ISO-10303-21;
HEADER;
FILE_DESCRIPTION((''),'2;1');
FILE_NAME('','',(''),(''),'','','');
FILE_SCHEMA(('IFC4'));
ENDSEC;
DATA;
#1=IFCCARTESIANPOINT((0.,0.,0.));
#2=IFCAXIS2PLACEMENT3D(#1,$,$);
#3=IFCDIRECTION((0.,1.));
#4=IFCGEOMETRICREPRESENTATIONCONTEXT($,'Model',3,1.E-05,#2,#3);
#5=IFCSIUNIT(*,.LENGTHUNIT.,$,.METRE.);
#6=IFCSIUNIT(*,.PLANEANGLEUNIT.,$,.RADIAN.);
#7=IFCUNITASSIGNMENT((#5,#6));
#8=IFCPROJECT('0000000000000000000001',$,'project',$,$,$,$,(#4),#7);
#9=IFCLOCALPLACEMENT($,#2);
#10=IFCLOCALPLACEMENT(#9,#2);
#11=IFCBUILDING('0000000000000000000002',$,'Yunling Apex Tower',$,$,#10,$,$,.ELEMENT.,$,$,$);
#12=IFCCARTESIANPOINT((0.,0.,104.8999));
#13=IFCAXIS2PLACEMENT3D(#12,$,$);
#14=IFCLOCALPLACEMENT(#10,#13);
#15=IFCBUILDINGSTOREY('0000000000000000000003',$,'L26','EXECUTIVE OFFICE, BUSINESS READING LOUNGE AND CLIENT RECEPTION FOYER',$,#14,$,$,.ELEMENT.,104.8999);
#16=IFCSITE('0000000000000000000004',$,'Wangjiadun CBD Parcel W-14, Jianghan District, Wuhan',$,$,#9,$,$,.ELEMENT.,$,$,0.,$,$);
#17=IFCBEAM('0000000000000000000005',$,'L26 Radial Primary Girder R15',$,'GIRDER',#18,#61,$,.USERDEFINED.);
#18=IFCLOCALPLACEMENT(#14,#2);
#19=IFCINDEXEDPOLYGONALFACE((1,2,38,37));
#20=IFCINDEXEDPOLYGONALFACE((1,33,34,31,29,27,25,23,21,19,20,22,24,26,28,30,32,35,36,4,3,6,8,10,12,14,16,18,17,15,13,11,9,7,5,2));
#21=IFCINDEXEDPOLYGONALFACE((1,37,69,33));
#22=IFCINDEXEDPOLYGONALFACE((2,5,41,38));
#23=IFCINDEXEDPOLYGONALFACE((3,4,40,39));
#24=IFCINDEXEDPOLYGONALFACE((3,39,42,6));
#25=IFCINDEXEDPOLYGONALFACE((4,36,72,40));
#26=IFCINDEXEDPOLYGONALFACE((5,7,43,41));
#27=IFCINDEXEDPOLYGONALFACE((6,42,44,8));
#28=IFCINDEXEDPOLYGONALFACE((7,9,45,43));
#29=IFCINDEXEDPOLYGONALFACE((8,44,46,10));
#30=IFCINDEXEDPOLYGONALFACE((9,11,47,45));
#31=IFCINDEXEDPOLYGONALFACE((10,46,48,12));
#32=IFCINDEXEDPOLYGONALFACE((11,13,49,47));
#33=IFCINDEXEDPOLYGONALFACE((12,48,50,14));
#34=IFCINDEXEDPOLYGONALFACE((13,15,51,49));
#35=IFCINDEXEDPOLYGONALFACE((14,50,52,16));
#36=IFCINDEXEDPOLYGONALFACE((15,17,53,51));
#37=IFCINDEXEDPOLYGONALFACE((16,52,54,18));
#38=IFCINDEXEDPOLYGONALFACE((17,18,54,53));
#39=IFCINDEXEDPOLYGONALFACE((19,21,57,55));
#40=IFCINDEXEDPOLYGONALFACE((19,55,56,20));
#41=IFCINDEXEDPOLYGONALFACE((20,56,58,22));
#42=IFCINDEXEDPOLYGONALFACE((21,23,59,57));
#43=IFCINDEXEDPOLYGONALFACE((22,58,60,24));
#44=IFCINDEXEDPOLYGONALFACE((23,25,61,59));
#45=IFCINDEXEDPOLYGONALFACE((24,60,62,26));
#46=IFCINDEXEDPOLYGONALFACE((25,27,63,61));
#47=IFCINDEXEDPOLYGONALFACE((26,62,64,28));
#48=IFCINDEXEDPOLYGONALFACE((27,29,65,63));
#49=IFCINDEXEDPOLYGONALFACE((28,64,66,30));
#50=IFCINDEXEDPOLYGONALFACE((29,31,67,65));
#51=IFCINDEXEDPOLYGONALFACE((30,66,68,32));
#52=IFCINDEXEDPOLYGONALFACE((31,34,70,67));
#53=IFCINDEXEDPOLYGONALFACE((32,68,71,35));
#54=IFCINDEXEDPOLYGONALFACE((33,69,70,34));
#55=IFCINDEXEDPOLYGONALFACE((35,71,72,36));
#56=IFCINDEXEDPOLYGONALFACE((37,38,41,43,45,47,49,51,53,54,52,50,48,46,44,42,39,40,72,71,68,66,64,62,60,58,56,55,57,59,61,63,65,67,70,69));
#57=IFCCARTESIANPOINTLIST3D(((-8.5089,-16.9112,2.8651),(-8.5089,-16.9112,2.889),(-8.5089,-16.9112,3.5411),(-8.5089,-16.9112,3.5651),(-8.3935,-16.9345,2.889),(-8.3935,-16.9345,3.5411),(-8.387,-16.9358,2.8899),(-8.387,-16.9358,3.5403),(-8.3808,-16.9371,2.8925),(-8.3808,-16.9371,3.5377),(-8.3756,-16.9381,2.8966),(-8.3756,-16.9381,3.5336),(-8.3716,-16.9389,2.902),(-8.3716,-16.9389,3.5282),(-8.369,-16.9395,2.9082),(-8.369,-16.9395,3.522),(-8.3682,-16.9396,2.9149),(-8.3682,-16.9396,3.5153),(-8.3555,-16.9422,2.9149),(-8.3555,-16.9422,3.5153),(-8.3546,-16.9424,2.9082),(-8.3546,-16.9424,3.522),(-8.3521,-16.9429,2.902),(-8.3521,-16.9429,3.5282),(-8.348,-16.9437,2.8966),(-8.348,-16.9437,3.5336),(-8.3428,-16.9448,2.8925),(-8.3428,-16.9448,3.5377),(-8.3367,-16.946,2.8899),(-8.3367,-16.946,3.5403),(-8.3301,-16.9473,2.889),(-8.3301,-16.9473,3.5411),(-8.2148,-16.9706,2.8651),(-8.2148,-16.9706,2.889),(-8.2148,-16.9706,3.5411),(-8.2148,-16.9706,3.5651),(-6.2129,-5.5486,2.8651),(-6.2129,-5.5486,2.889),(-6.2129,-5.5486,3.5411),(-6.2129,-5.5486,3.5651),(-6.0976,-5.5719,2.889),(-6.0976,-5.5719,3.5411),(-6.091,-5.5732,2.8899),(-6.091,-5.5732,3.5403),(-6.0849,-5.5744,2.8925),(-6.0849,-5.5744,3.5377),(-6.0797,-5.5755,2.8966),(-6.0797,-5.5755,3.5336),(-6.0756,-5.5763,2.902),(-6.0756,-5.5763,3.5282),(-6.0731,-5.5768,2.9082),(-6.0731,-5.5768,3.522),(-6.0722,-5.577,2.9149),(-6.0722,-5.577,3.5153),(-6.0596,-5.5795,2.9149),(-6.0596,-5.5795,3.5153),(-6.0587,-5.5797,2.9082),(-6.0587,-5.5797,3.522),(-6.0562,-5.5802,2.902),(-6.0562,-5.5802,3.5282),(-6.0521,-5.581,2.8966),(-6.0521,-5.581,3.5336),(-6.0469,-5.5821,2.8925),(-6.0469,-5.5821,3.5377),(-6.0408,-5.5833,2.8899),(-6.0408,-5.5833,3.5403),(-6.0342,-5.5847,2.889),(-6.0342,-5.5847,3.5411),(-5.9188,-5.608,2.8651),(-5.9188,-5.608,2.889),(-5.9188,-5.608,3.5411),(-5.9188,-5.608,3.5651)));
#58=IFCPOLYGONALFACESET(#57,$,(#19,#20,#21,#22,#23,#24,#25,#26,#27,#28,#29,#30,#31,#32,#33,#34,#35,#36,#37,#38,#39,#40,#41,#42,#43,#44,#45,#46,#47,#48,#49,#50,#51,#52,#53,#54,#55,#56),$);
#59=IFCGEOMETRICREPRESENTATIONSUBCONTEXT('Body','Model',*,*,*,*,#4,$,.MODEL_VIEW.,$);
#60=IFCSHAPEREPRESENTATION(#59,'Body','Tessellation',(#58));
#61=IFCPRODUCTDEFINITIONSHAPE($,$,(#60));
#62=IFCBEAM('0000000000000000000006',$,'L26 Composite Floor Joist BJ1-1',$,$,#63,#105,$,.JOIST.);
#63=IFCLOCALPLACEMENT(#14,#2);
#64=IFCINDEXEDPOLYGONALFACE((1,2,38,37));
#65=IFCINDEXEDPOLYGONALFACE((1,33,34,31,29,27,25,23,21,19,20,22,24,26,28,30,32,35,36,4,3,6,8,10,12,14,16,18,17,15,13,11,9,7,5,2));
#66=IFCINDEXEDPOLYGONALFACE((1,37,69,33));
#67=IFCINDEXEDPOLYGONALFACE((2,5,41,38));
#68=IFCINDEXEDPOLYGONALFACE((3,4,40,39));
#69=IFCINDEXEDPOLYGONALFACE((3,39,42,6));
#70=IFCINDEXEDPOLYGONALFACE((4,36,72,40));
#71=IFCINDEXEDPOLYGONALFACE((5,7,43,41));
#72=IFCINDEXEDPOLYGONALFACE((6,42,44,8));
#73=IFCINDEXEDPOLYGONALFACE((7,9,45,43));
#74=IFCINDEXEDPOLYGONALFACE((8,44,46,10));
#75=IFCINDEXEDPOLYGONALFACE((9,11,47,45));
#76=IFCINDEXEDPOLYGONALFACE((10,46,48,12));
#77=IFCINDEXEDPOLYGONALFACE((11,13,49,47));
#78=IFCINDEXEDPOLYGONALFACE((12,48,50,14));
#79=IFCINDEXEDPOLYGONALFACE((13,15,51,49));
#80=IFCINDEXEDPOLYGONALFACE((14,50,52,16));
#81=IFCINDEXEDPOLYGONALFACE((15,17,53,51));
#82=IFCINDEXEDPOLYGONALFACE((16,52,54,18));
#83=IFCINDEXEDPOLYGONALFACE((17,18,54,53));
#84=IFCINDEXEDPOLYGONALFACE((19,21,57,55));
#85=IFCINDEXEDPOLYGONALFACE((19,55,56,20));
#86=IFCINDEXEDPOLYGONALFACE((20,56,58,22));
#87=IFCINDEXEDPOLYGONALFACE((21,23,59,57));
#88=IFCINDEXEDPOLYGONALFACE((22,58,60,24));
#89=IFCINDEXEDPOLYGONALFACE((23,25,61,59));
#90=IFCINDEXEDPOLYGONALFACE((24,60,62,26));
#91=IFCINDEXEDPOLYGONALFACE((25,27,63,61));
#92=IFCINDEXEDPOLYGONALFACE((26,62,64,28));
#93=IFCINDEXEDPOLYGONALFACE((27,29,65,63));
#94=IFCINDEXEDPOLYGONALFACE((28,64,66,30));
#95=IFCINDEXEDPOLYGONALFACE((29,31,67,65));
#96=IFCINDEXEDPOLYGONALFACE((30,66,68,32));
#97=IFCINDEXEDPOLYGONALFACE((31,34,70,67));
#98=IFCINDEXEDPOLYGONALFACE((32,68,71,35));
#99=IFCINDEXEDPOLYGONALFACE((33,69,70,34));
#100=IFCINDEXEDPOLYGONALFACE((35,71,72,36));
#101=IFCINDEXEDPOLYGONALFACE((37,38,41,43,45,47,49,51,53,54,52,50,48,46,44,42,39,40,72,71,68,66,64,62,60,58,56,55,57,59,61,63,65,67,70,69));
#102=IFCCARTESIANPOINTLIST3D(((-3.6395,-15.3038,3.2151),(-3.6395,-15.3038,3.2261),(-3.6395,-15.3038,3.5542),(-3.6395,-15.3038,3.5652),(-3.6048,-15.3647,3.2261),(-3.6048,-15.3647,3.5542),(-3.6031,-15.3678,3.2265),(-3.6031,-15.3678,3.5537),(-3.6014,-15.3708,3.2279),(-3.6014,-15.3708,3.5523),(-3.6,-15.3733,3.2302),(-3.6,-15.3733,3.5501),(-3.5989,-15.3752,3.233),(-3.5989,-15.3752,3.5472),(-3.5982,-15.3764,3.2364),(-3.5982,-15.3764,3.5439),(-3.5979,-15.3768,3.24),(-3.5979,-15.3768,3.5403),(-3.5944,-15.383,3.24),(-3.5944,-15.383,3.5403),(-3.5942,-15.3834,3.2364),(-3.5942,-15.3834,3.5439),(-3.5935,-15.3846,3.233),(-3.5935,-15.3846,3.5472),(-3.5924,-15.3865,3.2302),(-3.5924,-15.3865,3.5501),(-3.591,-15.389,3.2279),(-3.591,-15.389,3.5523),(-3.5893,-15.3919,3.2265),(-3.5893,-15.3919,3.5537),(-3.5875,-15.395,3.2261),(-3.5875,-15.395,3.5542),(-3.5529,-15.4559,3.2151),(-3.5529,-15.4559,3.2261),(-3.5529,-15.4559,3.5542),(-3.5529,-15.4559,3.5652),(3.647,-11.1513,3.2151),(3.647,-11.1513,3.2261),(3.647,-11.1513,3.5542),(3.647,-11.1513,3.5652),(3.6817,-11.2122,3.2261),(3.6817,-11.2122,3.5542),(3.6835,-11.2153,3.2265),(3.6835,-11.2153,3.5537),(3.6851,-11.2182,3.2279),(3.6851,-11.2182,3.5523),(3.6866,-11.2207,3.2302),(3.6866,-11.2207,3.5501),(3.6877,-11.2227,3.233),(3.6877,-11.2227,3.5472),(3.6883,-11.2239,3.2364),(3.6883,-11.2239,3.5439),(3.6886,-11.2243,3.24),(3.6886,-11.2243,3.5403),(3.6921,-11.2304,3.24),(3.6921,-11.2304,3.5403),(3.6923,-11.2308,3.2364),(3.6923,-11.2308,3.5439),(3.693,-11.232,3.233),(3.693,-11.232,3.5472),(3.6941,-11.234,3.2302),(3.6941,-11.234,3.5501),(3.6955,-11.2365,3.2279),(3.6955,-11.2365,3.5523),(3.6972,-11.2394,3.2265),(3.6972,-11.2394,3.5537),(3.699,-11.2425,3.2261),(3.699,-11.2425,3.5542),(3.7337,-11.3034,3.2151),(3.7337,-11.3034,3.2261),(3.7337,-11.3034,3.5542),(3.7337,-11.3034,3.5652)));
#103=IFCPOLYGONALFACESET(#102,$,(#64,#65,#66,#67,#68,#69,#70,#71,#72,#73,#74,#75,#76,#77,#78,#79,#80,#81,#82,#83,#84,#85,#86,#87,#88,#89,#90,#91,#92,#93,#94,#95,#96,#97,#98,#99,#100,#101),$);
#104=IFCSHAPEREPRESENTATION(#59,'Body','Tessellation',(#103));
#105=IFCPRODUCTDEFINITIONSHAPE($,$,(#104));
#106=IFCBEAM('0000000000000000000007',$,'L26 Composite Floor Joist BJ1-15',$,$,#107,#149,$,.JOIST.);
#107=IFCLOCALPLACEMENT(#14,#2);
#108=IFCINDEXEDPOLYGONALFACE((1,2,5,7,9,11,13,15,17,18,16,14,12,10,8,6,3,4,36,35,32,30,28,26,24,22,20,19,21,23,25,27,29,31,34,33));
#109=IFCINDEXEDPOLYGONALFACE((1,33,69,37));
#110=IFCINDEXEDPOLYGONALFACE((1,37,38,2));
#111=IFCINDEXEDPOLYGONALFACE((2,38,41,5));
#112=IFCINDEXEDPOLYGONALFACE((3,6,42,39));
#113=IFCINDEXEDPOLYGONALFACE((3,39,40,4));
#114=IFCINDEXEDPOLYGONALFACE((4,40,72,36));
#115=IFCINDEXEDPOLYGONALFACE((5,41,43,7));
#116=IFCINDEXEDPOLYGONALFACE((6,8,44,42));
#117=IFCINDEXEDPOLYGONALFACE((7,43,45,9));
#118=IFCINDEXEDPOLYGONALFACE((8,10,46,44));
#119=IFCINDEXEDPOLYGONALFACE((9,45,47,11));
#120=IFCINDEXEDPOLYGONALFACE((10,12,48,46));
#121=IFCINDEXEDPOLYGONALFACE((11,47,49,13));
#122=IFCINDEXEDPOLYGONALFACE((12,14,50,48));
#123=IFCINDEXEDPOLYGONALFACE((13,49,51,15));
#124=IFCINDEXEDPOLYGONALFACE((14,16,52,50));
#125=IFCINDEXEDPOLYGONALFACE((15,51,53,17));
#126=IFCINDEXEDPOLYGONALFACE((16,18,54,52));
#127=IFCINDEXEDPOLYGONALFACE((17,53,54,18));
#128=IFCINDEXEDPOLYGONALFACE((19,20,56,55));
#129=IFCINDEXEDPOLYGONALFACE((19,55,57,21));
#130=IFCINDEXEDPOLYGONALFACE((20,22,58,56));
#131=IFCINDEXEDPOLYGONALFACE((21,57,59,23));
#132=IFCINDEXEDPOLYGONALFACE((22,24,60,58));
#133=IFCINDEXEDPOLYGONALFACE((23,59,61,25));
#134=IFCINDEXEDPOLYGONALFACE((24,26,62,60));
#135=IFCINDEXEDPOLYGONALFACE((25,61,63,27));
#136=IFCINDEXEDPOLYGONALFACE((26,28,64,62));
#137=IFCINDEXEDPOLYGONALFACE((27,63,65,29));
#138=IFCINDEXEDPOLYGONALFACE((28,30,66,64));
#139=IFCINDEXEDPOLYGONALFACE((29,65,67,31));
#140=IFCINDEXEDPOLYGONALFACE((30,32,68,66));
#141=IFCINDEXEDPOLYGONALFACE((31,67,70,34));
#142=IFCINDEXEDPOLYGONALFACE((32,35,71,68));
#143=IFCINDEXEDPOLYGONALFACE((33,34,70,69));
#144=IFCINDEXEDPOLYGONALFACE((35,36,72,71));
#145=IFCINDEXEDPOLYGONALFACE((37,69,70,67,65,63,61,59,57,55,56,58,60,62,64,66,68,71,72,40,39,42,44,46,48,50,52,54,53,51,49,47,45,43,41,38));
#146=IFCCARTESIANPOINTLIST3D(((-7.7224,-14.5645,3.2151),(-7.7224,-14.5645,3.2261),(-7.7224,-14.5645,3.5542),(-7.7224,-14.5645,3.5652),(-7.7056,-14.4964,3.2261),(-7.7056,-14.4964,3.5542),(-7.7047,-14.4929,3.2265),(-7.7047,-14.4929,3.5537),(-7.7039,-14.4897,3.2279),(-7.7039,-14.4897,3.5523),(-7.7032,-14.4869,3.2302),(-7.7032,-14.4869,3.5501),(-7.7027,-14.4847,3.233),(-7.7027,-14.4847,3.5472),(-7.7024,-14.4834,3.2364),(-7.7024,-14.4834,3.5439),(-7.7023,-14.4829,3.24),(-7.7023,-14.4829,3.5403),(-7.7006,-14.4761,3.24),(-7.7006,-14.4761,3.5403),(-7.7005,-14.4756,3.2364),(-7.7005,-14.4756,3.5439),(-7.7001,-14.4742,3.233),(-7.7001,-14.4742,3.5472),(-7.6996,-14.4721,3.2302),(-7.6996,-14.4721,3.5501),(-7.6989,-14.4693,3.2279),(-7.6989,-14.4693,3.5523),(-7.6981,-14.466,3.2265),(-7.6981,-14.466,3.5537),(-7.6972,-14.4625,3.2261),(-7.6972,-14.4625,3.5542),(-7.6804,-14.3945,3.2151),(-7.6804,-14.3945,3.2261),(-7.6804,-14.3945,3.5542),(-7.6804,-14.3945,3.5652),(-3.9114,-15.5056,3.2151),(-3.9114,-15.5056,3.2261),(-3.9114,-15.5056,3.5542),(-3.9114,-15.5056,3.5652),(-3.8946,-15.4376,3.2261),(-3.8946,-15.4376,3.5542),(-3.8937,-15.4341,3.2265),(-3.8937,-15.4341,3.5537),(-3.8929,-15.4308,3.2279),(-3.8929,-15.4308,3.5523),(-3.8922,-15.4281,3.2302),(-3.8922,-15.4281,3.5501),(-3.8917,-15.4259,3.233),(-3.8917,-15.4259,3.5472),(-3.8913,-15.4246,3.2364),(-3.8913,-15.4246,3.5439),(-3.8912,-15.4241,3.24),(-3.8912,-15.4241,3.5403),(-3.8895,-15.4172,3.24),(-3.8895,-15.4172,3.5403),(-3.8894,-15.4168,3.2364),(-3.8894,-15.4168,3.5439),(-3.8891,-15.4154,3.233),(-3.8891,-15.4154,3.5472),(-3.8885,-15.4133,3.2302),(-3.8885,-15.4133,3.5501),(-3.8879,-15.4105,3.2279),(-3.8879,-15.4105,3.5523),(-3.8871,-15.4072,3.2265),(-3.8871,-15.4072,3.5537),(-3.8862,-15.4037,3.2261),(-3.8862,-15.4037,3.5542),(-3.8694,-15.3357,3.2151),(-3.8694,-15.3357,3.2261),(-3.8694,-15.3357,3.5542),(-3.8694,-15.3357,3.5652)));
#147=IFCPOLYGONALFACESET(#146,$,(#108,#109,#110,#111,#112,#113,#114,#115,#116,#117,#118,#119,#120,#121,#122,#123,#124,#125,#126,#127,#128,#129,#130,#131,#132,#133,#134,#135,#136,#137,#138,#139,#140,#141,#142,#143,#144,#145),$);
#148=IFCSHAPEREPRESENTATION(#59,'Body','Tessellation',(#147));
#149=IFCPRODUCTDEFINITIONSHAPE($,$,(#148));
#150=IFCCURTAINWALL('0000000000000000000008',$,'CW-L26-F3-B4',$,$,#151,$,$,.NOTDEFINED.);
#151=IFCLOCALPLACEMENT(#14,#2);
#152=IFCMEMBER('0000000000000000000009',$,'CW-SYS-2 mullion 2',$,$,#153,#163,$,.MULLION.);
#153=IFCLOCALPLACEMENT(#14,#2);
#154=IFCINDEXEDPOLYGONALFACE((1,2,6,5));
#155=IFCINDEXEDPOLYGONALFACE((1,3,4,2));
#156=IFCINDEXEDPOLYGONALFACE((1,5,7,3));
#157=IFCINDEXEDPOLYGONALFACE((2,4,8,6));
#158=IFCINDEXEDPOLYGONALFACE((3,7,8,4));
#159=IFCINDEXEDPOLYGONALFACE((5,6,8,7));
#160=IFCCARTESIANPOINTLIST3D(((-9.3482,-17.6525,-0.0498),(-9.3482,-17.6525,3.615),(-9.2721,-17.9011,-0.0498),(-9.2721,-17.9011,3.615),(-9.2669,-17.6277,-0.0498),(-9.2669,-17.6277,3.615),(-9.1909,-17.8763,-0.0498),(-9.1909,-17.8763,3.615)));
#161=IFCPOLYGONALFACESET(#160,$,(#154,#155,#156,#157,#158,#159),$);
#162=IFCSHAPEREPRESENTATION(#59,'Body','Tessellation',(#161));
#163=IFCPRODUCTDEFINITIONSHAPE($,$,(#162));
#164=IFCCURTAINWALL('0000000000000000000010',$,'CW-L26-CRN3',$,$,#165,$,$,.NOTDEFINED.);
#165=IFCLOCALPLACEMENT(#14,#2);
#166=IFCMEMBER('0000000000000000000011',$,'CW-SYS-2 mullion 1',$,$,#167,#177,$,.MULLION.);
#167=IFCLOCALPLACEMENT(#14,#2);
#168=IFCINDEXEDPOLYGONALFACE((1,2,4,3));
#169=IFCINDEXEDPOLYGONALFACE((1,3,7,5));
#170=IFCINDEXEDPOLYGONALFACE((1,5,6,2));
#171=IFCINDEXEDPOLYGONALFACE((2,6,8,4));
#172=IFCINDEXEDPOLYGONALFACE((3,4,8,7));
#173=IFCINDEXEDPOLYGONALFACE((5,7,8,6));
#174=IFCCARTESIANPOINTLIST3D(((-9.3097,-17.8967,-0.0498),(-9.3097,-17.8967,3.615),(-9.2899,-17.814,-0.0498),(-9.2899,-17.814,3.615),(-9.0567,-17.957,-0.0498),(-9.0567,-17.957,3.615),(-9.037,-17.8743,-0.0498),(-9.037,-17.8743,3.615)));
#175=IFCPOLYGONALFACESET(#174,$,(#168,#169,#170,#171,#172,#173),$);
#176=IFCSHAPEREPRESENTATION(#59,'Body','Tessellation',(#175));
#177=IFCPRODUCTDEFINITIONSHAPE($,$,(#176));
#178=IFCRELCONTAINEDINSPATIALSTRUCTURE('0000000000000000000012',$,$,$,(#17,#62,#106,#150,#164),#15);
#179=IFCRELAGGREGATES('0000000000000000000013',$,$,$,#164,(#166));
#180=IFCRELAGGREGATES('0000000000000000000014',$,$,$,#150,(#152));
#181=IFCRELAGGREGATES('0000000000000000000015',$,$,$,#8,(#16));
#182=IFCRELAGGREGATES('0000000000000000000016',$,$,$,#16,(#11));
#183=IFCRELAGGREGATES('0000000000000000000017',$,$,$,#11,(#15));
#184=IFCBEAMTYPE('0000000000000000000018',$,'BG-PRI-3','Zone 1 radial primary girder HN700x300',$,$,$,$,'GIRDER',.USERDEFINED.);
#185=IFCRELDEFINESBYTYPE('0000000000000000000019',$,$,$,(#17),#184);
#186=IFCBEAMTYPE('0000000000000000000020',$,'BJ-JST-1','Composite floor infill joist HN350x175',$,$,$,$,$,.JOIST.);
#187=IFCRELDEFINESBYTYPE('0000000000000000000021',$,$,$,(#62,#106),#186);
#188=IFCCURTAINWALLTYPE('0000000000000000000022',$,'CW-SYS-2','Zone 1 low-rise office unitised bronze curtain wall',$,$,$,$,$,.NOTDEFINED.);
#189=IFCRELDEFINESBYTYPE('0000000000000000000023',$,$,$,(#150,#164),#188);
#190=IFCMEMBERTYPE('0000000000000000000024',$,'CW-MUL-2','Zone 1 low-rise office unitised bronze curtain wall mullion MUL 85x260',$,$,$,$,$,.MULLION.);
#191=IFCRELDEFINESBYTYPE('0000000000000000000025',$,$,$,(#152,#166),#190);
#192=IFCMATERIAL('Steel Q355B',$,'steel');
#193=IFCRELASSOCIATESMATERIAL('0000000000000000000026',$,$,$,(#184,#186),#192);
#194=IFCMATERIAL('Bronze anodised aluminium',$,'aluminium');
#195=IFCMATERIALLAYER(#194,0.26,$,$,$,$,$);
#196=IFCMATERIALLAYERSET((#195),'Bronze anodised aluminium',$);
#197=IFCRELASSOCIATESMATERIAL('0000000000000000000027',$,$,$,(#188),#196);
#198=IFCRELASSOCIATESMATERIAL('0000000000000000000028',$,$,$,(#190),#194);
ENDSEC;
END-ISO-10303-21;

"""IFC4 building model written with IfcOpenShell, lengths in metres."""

from ifc_helpers import new_model, si_unit, direction, frame, origin, origin_2d, place, context, subcontext, project, spatial, rectangle, i_section, extrude, source, transform, mapped, material, layer, layer_set, material_profile, profile_set, type_object, element, aggregate, save


model = new_model("IFC4")

# Units and contexts
model_context = context("Model", 3, precision=1e-05, world=origin(), true_north=direction((0.0, 1.0)))
body_context = subcontext(model_context, "Body", "Model", "MODEL_VIEW")
ifc_project = project(units=[si_unit("LENGTHUNIT", "METRE"), si_unit("PLANEANGLEUNIT", "RADIAN")], contexts=[model_context])

# Site, building, storey
site_placement = place(None, origin())
site = spatial("IfcSite", under=ifc_project, at=site_placement, Name="Wangjiadun CBD Parcel W-14, Jianghan District, Wuhan", CompositionType="ELEMENT", RefElevation=0.0)
building_placement = place(site_placement, origin())
building = spatial("IfcBuilding", under=site, at=building_placement, Name="Yunling Apex Tower", CompositionType="ELEMENT")
storey_placement = place(building_placement, frame((0.0, 0.0, 104.8999)))
storey = spatial("IfcBuildingStorey", under=building, at=storey_placement, Name="L26", Description="EXECUTIVE OFFICE, BUSINESS READING LOUNGE AND CLIENT RECEPTION FOYER", CompositionType="ELEMENT", Elevation=104.8999)

# Beams
ifc_material_1 = material(Name="Steel Q355B", Category="steel")
ifc_material_profile_1 = material_profile(ifc_material_1, i_section(OverallWidth=0.3, OverallDepth=0.7, WebThickness=0.0129, FlangeThickness=0.0239, FilletRadius=0.0259, at=origin_2d()))
ifc_profile_set_1 = profile_set([ifc_material_profile_1], Name="Steel Q355B")
beam_type_1 = type_object("IfcBeamType", Name="BG-PRI-3", Description="Zone 1 radial primary girder HN700x300", ElementType="GIRDER", PredefinedType="USERDEFINED", material=ifc_profile_set_1)
shared_shape_1 = source(origin(), body_context, "Body", "SweptSolid", [
    extrude(i_section(OverallWidth=0.3, OverallDepth=0.7, WebThickness=0.0129, FlangeThickness=0.0239, FilletRadius=0.0259, at=origin_2d()), origin(), (0.0, 0.0, 1.0), 11.5923),
])
beam_1_placement = place(storey_placement, frame((-8.3618, -16.9409, 3.2151), z_axis=(0.198056, 0.980191, 0.0), x_axis=(-0.980191, 0.198056, 0.0)))
element("IfcBeam", 1, at=beam_1_placement, inside=storey, type_object=beam_type_1, Name="L26 Radial Primary Girder R15", ObjectType="GIRDER", PredefinedType="USERDEFINED", context=body_context, shape_type="MappedRepresentation", body=[
    mapped(shared_shape_1, transform((0.0, 0.0, 0.0), scale=1.0)),
])
ifc_material_profile_2 = material_profile(ifc_material_1, i_section(OverallWidth=0.175, OverallDepth=0.3501, WebThickness=0.0071, FlangeThickness=0.011, FilletRadius=0.0139, at=origin_2d()))
ifc_profile_set_2 = profile_set([ifc_material_profile_2], Name="Steel Q355B")
beam_type_2 = type_object("IfcBeamType", Name="BJ-JST-1", Description="Composite floor infill joist HN350x175", PredefinedType="JOIST", material=ifc_profile_set_2)
shared_shape_2 = source(origin(), body_context, "Body", "SweptSolid", [
    extrude(i_section(OverallWidth=0.175, OverallDepth=0.3501, WebThickness=0.0071, FlangeThickness=0.011, FilletRadius=0.0139, at=origin_2d()), origin(), (0.0, 0.0, 1.0), 8.3867),
])
beam_2_placement = place(storey_placement, frame((-3.5962, -15.3799, 3.3901), z_axis=(0.868818, 0.495132, 0.0), x_axis=(-0.495132, 0.868818, 0.0)))
element("IfcBeam", 2, at=beam_2_placement, inside=storey, type_object=beam_type_2, Name="L26 Composite Floor Joist BJ1-1", PredefinedType="JOIST", context=body_context, shape_type="MappedRepresentation", body=[
    mapped(shared_shape_2, transform((0.0, 0.0, 0.0), scale=1.0)),
])
shared_shape_3 = source(origin(), body_context, "Body", "SweptSolid", [
    extrude(i_section(OverallWidth=0.175, OverallDepth=0.3501, WebThickness=0.0071, FlangeThickness=0.011, FilletRadius=0.0139, at=origin_2d()), origin(), (0.0, 0.0, 1.0), 3.9255),
])
beam_3_placement = place(storey_placement, frame((-7.7014, -14.4795, 3.3901), z_axis=(0.970834, -0.239754, 0.0), x_axis=(0.239754, 0.970834, 0.0)))
element("IfcBeam", 3, at=beam_3_placement, inside=storey, type_object=beam_type_2, Name="L26 Composite Floor Joist BJ1-15", PredefinedType="JOIST", context=body_context, shape_type="MappedRepresentation", body=[
    mapped(shared_shape_3, transform((0.0, 0.0, 0.0), scale=1.0)),
])

# Curtain wall, member
ifc_material_2 = material(Name="Bronze anodised aluminium", Category="aluminium")
ifc_layer_1 = layer(ifc_material_2, 0.26)
ifc_layer_set_1 = layer_set([ifc_layer_1], Name="Bronze anodised aluminium")
curtain_wall_type = type_object("IfcCurtainWallType", Name="CW-SYS-2", Description="Zone 1 low-rise office unitised bronze curtain wall", PredefinedType="NOTDEFINED", material=ifc_layer_set_1)
curtain_wall_1_placement = place(storey_placement, origin())
curtain_wall_1 = element("IfcCurtainWall", 4, at=curtain_wall_1_placement, inside=storey, type_object=curtain_wall_type, Name="CW-L26-F3-B4", PredefinedType="NOTDEFINED")
ifc_material_profile_3 = material_profile(ifc_material_2, rectangle(XDim=0.085, YDim=0.26, at=origin_2d()))
ifc_profile_set_3 = profile_set([ifc_material_profile_3], Name="Bronze anodised aluminium")
member_type_1 = type_object("IfcMemberType", Name="CW-MUL-2", Description="Zone 1 low-rise office unitised bronze curtain wall mullion MUL 85x260", PredefinedType="MULLION", material=ifc_profile_set_3)
shared_shape_4 = source(origin(), body_context, "Body", "SweptSolid", [
    extrude(rectangle(XDim=0.085, YDim=0.26, at=origin_2d()), origin(), (0.0, 0.0, 1.0), 3.6648),
])
member_1_placement = place(storey_placement, frame((-9.2695, -17.7644, -0.0498), z_axis=(0.0, 0.0, 1.0), x_axis=(0.956304, 0.292373, 0.0)))
member_1 = element("IfcMember", 5, at=member_1_placement, type_object=member_type_1, Name="CW-SYS-2 mullion 2", PredefinedType="MULLION", context=body_context, shape_type="MappedRepresentation", body=[
    mapped(shared_shape_4, transform((0.0, 0.0, 0.0), scale=1.0)),
])

# Curtain wall, member
curtain_wall_2_placement = place(storey_placement, origin())
curtain_wall_2 = element("IfcCurtainWall", 6, at=curtain_wall_2_placement, inside=storey, type_object=curtain_wall_type, Name="CW-L26-CRN3", PredefinedType="NOTDEFINED")
member_2_placement = place(storey_placement, frame((-9.1733, -17.8855, -0.0498), z_axis=(0.0, 0.0, 1.0), x_axis=(0.231895, 0.972741, 0.0)))
member_2 = element("IfcMember", 7, at=member_2_placement, type_object=member_type_1, Name="CW-SYS-2 mullion 1", PredefinedType="MULLION", context=body_context, shape_type="MappedRepresentation", body=[
    mapped(shared_shape_4, transform((0.0, 0.0, 0.0), scale=1.0)),
])
aggregate(curtain_wall_2, [member_2])

aggregate(curtain_wall_1, [member_1])

save(model, "model.ifc")
